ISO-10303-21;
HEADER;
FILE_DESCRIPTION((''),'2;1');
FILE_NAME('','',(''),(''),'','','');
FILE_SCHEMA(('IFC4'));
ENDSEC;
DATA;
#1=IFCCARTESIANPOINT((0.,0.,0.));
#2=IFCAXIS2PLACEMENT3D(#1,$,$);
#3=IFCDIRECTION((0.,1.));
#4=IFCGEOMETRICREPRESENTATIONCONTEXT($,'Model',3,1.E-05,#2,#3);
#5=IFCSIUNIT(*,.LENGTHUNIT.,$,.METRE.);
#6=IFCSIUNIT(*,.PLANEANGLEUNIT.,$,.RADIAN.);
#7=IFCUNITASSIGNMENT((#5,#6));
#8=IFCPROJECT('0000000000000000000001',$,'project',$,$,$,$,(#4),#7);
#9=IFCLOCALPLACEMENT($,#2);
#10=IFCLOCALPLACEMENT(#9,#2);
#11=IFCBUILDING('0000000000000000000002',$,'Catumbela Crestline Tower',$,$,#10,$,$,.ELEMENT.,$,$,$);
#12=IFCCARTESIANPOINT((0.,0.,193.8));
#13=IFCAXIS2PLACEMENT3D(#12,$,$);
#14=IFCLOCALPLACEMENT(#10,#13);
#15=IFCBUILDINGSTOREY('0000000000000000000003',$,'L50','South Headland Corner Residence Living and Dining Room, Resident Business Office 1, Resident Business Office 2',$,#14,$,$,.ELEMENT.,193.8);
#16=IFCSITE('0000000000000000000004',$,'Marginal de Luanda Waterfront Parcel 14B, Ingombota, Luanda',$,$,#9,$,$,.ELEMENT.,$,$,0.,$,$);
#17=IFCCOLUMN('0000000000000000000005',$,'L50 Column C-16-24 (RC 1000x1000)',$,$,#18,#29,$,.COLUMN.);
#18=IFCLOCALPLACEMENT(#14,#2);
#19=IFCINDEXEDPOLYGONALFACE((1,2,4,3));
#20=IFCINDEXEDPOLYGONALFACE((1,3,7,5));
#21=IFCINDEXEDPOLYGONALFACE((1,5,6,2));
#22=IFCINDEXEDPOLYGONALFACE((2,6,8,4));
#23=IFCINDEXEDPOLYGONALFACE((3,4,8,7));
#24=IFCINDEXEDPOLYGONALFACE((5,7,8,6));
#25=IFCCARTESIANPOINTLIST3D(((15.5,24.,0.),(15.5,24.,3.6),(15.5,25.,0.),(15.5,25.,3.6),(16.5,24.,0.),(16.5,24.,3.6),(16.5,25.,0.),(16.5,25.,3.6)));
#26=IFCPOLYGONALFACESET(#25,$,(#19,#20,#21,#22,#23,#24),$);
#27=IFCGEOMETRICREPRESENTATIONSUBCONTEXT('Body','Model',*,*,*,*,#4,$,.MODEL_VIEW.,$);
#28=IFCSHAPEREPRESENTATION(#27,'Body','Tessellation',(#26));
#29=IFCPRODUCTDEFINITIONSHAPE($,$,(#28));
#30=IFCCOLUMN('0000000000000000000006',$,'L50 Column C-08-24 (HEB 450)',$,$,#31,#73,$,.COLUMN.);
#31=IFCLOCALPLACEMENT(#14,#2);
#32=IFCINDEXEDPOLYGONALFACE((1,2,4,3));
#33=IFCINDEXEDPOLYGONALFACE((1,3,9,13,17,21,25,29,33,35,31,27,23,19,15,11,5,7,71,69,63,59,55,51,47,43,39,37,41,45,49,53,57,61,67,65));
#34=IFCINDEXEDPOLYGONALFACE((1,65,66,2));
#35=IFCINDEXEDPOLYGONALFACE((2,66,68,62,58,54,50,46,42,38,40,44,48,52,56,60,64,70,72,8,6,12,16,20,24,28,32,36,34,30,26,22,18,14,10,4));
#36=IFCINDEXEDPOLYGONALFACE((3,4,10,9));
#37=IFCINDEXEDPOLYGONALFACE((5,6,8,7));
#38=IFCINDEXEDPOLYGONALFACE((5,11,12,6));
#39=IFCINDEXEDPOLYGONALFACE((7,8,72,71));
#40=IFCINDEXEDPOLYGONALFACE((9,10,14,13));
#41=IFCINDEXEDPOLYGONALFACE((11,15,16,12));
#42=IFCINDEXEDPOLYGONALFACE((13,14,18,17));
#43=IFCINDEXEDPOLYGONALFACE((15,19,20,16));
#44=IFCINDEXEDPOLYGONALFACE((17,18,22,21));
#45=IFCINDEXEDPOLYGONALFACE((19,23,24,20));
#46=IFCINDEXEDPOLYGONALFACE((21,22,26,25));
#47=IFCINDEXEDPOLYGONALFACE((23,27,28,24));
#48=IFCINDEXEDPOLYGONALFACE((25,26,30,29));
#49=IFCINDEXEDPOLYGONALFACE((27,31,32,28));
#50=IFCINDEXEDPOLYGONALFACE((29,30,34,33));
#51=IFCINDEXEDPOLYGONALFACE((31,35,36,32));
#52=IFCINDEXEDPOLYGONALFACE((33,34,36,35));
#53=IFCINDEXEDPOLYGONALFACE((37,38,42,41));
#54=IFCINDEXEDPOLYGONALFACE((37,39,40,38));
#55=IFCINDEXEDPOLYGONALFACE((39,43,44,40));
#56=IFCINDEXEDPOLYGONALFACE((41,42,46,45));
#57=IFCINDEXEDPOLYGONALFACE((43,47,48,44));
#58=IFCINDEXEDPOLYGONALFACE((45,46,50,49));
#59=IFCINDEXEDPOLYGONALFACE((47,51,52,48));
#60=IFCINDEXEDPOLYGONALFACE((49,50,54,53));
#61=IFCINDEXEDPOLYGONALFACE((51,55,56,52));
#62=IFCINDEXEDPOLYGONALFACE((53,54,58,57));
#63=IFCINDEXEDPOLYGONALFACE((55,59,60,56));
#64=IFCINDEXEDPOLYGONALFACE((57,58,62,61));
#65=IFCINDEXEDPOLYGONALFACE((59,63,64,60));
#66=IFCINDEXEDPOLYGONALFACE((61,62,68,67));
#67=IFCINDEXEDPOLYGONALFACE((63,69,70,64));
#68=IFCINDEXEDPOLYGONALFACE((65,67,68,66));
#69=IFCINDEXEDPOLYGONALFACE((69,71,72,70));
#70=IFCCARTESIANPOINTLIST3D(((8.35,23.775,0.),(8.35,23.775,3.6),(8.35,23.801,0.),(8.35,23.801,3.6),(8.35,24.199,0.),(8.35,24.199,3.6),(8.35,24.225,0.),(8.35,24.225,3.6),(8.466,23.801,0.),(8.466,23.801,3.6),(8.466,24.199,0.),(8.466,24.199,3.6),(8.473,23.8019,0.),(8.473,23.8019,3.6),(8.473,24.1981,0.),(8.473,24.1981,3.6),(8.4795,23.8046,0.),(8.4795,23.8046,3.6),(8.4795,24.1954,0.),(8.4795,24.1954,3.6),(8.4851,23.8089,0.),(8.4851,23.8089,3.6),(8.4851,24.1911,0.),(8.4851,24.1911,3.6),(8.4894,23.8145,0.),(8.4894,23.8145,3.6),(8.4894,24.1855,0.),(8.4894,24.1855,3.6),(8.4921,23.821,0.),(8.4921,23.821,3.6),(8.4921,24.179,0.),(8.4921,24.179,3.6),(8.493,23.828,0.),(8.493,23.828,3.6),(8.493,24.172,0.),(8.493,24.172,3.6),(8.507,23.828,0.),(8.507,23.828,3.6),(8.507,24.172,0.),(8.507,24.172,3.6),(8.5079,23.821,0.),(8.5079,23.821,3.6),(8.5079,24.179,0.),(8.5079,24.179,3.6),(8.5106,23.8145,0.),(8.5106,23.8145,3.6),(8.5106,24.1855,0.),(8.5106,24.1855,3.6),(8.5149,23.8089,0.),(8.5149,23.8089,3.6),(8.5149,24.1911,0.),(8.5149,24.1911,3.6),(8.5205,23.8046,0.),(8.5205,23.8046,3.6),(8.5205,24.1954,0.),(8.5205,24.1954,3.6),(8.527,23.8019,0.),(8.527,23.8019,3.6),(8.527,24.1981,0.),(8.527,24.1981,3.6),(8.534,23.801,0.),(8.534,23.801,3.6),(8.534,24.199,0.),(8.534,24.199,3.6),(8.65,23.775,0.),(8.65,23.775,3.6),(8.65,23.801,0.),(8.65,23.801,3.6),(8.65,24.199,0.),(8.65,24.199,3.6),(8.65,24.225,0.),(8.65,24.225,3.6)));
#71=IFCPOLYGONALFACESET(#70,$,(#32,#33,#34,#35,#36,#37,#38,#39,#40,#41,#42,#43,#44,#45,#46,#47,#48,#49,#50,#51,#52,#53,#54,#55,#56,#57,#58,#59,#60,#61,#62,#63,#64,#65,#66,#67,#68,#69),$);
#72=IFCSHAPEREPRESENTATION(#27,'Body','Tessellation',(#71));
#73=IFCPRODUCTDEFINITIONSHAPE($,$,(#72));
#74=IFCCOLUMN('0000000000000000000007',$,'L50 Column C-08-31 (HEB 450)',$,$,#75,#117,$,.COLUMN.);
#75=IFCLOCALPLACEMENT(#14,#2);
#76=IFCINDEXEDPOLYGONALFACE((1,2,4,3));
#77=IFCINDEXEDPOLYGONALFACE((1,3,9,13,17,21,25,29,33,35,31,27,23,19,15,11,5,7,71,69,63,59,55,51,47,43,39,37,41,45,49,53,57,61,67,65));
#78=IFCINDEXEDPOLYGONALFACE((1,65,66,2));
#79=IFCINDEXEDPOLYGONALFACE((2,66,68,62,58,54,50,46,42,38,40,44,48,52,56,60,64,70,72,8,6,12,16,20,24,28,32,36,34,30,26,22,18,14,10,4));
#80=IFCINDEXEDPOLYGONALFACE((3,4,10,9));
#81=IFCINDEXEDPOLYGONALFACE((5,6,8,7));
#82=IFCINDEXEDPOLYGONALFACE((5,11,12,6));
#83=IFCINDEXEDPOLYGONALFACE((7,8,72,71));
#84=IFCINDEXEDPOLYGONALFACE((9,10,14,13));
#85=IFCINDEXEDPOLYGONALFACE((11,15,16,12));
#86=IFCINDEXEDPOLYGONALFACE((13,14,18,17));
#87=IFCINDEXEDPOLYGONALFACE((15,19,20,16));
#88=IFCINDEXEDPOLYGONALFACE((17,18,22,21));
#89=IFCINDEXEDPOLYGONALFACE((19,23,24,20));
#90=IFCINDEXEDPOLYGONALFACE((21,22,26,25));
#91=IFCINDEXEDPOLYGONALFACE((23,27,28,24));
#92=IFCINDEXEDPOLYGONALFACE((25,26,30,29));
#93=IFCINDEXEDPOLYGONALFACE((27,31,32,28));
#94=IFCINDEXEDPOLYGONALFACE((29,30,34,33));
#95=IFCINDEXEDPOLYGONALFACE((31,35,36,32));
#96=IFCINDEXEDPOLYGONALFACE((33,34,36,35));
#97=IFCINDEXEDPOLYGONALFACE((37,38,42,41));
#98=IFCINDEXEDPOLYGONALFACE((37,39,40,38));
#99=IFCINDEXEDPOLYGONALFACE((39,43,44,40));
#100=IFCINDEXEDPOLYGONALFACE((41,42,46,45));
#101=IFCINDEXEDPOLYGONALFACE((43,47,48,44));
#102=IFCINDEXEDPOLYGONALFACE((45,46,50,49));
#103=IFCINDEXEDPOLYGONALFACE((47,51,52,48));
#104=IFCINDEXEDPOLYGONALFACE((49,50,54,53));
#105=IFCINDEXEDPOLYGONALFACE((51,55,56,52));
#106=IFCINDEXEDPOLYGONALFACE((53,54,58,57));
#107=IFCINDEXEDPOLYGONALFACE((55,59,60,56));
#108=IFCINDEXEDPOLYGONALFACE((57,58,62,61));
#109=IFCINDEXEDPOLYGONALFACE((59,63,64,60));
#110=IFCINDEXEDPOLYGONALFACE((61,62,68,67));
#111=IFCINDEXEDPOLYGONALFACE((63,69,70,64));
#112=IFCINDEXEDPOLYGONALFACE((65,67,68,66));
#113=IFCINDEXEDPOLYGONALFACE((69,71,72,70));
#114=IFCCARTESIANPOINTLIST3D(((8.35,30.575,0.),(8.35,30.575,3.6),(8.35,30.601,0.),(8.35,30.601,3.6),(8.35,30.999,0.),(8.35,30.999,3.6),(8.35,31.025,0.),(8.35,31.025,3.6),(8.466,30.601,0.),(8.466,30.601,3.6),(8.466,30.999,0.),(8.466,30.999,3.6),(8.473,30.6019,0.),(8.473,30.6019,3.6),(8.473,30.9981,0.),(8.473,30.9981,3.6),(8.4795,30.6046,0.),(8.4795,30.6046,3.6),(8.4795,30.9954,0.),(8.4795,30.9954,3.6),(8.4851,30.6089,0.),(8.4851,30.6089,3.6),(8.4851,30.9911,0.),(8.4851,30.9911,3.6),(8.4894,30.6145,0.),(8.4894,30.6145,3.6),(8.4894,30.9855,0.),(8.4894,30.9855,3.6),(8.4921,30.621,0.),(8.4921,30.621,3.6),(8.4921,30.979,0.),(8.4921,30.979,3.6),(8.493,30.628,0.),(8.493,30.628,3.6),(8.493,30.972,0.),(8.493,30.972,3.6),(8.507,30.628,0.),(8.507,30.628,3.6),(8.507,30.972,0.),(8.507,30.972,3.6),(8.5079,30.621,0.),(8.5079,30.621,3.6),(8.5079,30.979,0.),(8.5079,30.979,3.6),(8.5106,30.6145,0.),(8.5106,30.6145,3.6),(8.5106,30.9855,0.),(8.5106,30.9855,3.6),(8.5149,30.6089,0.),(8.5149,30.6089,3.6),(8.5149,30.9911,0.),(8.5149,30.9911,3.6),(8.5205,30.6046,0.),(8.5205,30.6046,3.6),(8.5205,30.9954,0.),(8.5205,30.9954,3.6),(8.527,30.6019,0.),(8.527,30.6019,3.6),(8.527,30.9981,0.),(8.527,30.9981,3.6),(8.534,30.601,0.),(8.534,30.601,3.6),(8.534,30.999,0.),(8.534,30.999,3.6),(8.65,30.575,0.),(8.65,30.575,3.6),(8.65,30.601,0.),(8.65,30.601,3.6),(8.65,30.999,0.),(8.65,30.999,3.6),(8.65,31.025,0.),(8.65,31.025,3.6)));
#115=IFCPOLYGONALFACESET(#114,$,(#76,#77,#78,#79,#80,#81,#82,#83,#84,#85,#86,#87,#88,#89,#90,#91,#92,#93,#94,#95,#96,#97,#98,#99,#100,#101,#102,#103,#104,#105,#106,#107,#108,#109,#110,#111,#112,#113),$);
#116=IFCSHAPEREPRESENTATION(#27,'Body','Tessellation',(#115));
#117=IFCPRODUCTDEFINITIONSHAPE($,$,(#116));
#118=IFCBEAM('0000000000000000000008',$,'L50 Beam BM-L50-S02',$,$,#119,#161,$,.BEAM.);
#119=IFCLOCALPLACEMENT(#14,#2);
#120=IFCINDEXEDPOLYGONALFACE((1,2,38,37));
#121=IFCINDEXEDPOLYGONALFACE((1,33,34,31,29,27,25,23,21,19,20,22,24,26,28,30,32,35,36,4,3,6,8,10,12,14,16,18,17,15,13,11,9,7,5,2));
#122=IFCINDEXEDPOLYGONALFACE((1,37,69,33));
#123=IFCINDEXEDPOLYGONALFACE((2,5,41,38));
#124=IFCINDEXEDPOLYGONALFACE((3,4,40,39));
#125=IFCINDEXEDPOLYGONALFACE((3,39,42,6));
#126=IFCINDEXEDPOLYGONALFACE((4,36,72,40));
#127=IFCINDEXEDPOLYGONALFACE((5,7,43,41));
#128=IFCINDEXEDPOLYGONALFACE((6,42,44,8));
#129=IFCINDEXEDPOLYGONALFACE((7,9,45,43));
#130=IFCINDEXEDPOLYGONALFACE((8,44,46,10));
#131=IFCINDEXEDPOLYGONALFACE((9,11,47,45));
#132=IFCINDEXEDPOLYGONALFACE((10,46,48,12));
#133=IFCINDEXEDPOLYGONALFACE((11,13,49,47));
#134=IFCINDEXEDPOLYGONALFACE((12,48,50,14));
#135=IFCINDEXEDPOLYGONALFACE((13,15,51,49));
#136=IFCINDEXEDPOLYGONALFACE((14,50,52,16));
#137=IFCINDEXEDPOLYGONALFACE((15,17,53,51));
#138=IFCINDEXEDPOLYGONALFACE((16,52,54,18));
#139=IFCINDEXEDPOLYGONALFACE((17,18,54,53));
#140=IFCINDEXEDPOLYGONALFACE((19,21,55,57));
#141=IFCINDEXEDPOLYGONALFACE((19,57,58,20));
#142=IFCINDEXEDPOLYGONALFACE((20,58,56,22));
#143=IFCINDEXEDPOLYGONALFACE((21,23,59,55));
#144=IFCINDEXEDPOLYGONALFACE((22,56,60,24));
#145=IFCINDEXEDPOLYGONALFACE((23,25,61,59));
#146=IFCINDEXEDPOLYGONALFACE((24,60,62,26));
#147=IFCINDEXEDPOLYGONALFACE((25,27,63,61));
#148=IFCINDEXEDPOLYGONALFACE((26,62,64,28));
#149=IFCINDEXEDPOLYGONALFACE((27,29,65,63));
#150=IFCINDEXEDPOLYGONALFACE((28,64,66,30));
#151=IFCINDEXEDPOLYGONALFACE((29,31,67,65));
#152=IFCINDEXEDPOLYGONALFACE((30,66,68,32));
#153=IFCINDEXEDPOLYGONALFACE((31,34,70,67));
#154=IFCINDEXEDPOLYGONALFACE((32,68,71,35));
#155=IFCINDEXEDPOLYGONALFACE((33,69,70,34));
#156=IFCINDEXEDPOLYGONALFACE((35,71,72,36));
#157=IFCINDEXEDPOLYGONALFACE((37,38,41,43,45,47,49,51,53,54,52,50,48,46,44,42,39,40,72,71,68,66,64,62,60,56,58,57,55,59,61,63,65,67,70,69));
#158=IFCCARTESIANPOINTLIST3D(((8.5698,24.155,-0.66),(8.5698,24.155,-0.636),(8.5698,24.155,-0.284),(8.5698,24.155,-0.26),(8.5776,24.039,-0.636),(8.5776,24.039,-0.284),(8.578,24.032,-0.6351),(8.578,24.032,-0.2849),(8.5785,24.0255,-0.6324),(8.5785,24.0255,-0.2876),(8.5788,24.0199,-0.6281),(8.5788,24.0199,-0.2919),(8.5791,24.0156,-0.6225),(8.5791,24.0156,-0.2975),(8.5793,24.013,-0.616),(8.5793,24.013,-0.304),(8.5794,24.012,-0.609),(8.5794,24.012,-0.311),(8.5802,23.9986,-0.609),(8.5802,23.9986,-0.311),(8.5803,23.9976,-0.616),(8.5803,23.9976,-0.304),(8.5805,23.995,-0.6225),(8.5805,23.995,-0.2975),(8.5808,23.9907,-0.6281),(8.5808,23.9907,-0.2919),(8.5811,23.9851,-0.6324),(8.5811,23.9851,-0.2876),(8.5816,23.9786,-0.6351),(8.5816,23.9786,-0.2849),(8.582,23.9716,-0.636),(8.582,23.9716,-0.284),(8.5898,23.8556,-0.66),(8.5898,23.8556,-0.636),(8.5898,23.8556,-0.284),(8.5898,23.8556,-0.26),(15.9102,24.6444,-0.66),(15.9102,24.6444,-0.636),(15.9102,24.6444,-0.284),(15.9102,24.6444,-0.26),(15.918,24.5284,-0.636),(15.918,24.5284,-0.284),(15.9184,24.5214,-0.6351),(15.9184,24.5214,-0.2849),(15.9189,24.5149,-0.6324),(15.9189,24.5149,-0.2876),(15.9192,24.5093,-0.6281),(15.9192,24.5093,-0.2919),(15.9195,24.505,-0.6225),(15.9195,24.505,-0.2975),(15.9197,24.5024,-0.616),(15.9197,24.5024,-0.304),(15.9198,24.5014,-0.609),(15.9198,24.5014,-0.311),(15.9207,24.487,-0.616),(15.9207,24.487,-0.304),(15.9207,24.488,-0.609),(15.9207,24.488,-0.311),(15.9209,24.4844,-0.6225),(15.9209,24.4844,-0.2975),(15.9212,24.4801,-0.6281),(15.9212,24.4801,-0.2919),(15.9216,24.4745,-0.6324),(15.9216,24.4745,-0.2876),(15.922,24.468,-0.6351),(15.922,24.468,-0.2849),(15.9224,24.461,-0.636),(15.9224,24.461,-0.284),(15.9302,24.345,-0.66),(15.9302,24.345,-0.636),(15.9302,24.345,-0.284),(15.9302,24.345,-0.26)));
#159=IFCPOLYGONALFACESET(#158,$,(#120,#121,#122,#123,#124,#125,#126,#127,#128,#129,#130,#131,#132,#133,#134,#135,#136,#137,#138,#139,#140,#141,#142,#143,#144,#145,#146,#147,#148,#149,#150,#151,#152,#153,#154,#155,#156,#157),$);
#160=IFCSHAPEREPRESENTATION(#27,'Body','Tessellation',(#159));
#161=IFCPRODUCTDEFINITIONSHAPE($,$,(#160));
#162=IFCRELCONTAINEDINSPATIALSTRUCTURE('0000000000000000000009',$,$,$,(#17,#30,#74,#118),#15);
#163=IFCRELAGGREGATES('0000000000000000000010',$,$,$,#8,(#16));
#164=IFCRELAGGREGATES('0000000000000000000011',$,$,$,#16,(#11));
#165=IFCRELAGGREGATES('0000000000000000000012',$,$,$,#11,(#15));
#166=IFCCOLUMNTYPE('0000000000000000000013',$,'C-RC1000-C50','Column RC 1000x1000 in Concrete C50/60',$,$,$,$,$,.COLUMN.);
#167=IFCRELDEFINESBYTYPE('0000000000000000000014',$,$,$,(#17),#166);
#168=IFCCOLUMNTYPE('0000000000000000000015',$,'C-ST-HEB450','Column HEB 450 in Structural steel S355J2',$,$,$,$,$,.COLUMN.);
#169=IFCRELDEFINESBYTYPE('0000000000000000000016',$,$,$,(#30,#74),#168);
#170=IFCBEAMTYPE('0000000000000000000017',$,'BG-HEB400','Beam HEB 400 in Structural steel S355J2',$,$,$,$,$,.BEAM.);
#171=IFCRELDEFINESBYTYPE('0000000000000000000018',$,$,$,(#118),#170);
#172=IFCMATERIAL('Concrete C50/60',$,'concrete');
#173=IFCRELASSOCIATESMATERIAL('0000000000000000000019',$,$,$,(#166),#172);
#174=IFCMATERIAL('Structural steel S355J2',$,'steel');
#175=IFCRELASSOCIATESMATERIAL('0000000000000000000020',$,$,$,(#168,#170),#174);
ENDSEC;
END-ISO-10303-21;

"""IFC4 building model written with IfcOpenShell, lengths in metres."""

from ifc_helpers import new_model, si_unit, direction, frame, origin, origin_2d, place, context, subcontext, project, spatial, rectangle, i_section, extrude, material, material_profile, profile_set, type_object, element, save


model = new_model("IFC4")

# Units and contexts
model_context = context("Model", 3, precision=1e-05, world=origin(), true_north=direction((0.0, 1.0)))
body_context = subcontext(model_context, "Body", "Model", "MODEL_VIEW")
ifc_project = project(units=[si_unit("LENGTHUNIT", "METRE"), si_unit("PLANEANGLEUNIT", "RADIAN")], contexts=[model_context])

# Site, building, storey
site_placement = place(None, origin())
site = spatial("IfcSite", under=ifc_project, at=site_placement, Name="Marginal de Luanda Waterfront Parcel 14B, Ingombota, Luanda", CompositionType="ELEMENT", RefElevation=0.0)
building_placement = place(site_placement, origin())
building = spatial("IfcBuilding", under=site, at=building_placement, Name="Catumbela Crestline Tower", CompositionType="ELEMENT")
storey_placement = place(building_placement, frame((0.0, 0.0, 193.8)))
storey = spatial("IfcBuildingStorey", under=building, at=storey_placement, Name="L50", Description="South Headland Corner Residence Living and Dining Room, Resident Business Office 1, Resident Business Office 2", CompositionType="ELEMENT", Elevation=193.8)

# Columns
ifc_material_1 = material(Name="Concrete C50/60", Category="concrete")
ifc_material_profile_1 = material_profile(ifc_material_1, rectangle(XDim=1.0, YDim=1.0, at=origin_2d()), Name="RC 1000x1000")
ifc_profile_set_1 = profile_set([ifc_material_profile_1], Name="Concrete C50/60")
column_type_1 = type_object("IfcColumnType", Name="C-RC1000-C50", Description="Column RC 1000x1000 in Concrete C50/60", PredefinedType="COLUMN", material=ifc_profile_set_1)
column_placement = place(storey_placement, frame((16.0, 24.5, 0.0), z_axis=(0.0, 0.0, 1.0), x_axis=(1.0, 0.0, 0.0)))
element("IfcColumn", 1, at=column_placement, inside=storey, type_object=column_type_1, Name="L50 Column C-16-24 (RC 1000x1000)", PredefinedType="COLUMN", context=body_context, shape_type="SweptSolid", body=[
    extrude(rectangle(XDim=1.0, YDim=1.0, at=origin_2d()), origin(), (0.0, 0.0, 1.0), 3.6),
])
ifc_material_2 = material(Name="Structural steel S355J2", Category="steel")
ifc_material_profile_2 = material_profile(ifc_material_2, i_section(OverallWidth=0.3, OverallDepth=0.45, WebThickness=0.014, FlangeThickness=0.026, FilletRadius=0.027, at=origin_2d()), Name="HEB 450")
ifc_profile_set_2 = profile_set([ifc_material_profile_2], Name="Structural steel S355J2")
column_type_2 = type_object("IfcColumnType", Name="C-ST-HEB450", Description="Column HEB 450 in Structural steel S355J2", PredefinedType="COLUMN", material=ifc_profile_set_2)
for number, where, z_axis, x_axis, name in (
    (2, (8.5, 24.0, 0.0), (0.0, 0.0, 1.0), (1.0, 0.0, 0.0), "L50 Column C-08-24 (HEB 450)"),
    (3, (8.5, 30.8, 0.0), (0.0, 0.0, 1.0), (1.0, 0.0, 0.0), "L50 Column C-08-31 (HEB 450)"),
):
    element("IfcColumn", number, at=place(storey_placement, frame(where, z_axis=z_axis, x_axis=x_axis)), inside=storey, type_object=column_type_2, Name=name, PredefinedType="COLUMN", context=body_context, shape_type="SweptSolid", body=[
        extrude(i_section(OverallWidth=0.3, OverallDepth=0.45, WebThickness=0.014, FlangeThickness=0.026, FilletRadius=0.027, at=origin_2d()), origin(), (0.0, 0.0, 1.0), 3.6),
    ])

# Beam
ifc_material_profile_3 = material_profile(ifc_material_2, i_section(OverallWidth=0.3, OverallDepth=0.4, WebThickness=0.0135, FlangeThickness=0.024, FilletRadius=0.027, at=origin_2d()), Name="HEB 400")
ifc_profile_set_3 = profile_set([ifc_material_profile_3], Name="Structural steel S355J2")
beam_type_1 = type_object("IfcBeamType", Name="BG-HEB400", Description="Beam HEB 400 in Structural steel S355J2", PredefinedType="BEAM", material=ifc_profile_set_3)
beam_1_placement = place(storey_placement, frame((8.5798, 24.0053, -0.46), z_axis=(0.997785, 0.066524, 0.0), x_axis=(-0.066524, 0.997785, 0.0)))
element("IfcBeam", 4, at=beam_1_placement, inside=storey, type_object=beam_type_1, Name="L50 Beam BM-L50-S02", PredefinedType="BEAM", context=body_context, shape_type="SweptSolid", body=[
    extrude(i_section(OverallWidth=0.3, OverallDepth=0.4, WebThickness=0.0135, FlangeThickness=0.024, FilletRadius=0.027, at=origin_2d()), origin(), (0.0, 0.0, 1.0), 7.3567),
])

save(model, "model.ifc")
